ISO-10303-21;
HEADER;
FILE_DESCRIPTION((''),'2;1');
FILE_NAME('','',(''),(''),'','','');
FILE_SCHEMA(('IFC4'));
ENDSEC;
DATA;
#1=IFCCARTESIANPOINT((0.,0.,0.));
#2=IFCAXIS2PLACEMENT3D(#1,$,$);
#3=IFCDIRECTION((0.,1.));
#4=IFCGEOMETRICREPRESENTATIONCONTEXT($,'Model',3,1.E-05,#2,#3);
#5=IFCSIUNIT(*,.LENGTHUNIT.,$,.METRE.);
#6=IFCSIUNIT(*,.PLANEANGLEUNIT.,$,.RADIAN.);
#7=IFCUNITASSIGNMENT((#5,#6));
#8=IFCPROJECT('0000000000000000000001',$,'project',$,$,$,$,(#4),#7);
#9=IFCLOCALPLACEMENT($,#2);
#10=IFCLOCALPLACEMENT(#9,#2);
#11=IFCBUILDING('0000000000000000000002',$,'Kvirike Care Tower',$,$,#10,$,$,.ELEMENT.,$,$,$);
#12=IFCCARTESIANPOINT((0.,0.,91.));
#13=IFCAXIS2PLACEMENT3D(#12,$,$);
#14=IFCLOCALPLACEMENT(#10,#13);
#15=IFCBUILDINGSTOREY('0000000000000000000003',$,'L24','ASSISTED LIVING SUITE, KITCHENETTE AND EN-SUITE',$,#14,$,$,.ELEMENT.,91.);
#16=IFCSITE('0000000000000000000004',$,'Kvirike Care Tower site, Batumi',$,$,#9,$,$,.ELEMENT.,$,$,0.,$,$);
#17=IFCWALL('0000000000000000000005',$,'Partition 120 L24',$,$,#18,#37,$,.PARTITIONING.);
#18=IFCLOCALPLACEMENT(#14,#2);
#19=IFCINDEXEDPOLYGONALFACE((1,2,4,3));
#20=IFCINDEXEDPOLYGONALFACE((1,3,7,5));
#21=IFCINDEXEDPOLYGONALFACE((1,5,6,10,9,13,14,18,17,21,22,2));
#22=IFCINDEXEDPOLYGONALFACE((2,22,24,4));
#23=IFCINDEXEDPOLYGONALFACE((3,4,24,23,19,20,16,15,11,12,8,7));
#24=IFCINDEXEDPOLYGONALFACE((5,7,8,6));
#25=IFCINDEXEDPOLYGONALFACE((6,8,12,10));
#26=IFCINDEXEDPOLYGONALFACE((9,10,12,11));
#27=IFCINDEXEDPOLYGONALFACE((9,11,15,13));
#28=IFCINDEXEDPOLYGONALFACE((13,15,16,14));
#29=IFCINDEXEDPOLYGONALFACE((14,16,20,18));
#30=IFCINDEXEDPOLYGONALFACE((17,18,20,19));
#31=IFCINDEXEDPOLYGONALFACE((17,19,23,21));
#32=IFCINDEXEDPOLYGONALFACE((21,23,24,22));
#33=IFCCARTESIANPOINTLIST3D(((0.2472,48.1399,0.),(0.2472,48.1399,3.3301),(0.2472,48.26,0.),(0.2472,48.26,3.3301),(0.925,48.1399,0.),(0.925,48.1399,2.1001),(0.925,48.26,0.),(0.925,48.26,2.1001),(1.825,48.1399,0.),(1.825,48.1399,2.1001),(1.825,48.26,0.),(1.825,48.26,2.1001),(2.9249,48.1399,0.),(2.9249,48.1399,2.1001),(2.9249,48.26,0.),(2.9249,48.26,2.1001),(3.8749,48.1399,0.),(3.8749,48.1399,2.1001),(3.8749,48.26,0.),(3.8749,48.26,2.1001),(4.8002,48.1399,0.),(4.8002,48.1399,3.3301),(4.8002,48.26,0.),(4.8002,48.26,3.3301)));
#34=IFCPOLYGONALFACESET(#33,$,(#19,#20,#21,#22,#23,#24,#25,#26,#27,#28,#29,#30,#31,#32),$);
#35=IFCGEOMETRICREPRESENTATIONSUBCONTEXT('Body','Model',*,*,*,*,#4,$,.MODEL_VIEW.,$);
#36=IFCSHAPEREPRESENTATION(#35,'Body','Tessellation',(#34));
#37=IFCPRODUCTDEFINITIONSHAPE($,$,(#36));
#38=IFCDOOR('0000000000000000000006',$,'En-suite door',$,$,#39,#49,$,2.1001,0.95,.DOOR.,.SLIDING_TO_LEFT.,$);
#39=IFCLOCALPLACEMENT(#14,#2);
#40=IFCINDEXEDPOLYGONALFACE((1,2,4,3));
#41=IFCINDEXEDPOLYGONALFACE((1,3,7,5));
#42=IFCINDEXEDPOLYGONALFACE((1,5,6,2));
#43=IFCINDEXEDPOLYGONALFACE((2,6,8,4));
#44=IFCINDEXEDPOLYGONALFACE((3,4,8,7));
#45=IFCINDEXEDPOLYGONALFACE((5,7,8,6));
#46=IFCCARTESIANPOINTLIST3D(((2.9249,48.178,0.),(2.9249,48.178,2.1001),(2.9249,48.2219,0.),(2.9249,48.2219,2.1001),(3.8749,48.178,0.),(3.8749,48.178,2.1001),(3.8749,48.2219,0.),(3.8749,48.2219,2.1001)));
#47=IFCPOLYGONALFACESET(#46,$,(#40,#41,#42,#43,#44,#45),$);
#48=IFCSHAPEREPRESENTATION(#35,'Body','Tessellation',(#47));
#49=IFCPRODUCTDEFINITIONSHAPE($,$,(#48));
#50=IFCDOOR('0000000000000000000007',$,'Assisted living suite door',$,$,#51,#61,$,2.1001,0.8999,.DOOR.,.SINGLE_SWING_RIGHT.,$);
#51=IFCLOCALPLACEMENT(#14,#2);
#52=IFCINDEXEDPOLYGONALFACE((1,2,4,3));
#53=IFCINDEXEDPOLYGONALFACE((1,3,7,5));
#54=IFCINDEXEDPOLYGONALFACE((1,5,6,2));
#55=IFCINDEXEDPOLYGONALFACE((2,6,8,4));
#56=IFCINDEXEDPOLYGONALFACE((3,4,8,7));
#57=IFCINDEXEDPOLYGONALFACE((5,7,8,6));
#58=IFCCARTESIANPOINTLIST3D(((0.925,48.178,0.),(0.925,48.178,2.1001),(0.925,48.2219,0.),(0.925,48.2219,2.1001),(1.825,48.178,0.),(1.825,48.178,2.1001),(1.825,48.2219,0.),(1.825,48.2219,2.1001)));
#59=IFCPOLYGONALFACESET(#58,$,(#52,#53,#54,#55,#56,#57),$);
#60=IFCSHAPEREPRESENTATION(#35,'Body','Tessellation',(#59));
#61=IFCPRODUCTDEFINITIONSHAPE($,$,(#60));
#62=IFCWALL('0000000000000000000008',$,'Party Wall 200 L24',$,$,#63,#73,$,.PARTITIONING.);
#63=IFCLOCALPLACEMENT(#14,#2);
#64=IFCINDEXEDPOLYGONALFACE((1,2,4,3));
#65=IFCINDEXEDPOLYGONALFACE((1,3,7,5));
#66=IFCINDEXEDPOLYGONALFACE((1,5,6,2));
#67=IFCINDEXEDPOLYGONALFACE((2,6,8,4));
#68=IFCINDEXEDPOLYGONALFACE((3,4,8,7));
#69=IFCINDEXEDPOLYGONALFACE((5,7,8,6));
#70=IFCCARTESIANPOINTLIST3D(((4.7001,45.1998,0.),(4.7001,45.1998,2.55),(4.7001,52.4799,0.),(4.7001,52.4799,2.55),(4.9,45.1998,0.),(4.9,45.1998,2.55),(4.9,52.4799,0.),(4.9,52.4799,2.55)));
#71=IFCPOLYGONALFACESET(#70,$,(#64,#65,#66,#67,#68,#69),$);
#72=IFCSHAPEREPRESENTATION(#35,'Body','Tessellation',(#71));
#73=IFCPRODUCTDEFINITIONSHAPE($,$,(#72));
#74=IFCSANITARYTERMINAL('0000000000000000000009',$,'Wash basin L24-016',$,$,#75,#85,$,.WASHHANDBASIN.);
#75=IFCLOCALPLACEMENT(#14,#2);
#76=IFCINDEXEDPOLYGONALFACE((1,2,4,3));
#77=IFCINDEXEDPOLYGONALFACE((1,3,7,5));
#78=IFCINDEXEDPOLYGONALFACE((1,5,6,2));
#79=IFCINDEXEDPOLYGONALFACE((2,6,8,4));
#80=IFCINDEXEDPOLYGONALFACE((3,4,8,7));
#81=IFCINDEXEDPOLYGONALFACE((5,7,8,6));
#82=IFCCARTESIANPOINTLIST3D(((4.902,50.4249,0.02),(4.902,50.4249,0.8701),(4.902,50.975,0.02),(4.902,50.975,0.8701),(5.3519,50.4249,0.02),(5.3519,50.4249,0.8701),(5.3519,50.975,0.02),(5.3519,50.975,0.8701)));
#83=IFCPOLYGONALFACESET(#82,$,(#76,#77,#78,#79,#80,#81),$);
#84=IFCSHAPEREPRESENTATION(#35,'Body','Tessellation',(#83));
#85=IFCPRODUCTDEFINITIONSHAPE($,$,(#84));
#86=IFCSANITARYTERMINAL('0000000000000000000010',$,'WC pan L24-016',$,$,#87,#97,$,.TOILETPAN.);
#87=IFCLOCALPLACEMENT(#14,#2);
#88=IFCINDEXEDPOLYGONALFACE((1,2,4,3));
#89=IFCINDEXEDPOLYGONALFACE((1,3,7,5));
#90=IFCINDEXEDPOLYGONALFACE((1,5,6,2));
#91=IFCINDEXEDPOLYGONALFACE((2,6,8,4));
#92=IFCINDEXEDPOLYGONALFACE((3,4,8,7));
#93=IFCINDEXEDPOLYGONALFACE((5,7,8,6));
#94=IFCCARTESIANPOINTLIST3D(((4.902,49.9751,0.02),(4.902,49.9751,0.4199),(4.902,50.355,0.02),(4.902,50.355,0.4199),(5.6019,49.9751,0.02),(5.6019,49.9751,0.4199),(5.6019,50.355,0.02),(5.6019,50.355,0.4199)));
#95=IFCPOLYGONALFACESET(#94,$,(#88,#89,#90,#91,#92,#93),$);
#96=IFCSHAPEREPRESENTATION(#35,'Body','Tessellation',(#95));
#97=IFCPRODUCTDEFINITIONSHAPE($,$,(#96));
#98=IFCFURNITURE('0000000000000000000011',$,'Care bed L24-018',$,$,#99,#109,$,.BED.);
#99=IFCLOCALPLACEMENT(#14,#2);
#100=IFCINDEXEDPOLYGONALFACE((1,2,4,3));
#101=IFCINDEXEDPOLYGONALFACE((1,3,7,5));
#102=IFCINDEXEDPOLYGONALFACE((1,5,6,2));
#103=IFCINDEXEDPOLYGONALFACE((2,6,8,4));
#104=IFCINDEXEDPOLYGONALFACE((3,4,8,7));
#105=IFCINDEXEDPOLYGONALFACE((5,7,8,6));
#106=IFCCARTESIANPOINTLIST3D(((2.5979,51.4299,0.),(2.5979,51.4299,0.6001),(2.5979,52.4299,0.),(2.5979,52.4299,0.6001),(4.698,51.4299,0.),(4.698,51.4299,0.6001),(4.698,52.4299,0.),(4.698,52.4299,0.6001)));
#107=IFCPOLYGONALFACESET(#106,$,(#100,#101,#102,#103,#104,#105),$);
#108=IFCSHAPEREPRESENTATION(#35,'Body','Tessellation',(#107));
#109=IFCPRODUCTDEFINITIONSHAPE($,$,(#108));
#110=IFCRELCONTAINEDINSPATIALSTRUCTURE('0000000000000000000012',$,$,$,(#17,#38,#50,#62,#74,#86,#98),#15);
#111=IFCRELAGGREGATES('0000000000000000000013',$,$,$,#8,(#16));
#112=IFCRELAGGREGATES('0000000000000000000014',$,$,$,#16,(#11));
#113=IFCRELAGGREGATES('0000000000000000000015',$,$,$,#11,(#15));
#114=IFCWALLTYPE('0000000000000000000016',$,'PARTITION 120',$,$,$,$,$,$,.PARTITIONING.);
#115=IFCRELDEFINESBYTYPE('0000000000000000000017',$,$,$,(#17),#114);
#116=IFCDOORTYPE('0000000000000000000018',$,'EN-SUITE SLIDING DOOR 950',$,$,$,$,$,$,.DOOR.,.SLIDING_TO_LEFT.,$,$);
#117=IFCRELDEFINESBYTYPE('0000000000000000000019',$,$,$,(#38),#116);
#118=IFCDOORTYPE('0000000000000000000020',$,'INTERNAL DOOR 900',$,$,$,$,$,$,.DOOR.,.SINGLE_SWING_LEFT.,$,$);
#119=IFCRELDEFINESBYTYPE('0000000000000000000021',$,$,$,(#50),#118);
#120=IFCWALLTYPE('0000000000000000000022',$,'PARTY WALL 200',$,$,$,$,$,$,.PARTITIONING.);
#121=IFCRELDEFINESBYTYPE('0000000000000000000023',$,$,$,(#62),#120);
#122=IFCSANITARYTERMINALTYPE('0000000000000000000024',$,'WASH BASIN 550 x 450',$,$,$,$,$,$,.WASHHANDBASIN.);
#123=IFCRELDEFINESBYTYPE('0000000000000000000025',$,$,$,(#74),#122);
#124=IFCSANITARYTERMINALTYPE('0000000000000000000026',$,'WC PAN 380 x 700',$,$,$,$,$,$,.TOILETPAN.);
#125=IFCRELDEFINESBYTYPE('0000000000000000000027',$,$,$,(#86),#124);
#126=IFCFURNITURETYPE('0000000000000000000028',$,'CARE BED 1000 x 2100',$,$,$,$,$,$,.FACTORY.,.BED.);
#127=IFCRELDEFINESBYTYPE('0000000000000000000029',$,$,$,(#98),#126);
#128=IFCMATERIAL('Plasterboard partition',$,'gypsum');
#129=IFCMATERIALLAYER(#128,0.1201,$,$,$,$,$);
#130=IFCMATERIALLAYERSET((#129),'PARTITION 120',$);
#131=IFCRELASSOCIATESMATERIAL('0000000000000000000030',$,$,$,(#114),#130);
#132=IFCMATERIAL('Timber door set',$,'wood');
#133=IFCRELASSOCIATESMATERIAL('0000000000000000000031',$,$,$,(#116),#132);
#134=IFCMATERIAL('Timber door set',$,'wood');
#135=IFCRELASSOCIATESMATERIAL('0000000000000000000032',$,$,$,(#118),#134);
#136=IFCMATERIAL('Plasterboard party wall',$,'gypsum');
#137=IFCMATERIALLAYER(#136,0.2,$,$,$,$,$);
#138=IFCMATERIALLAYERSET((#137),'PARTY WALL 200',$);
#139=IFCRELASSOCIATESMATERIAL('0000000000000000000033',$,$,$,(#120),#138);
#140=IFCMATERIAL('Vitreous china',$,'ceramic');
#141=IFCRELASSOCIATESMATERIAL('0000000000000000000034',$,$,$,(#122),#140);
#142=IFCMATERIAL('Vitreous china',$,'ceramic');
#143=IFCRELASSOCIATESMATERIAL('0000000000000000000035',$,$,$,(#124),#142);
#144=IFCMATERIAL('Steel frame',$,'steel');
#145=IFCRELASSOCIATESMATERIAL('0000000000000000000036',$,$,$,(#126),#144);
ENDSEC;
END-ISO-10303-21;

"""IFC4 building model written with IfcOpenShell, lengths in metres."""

from ifc_helpers import new_model, si_unit, direction, frame, frame_2d, origin, origin_2d, place, context, subcontext, project, spatial, rectangle, extrude, material, layer, layer_set, type_object, element, fill, save


model = new_model("IFC4")

# Units and contexts
model_context = context("Model", 3, precision=1e-05, world=origin(), true_north=direction((0.0, 1.0)))
body_context = subcontext(model_context, "Body", "Model", "MODEL_VIEW")
ifc_project = project(units=[si_unit("LENGTHUNIT", "METRE"), si_unit("PLANEANGLEUNIT", "RADIAN")], contexts=[model_context])

# Site, building, storey
site_placement = place(None, origin())
site = spatial("IfcSite", under=ifc_project, at=site_placement, Name="Kvirike Care Tower site, Batumi", CompositionType="ELEMENT", RefElevation=0.0)
building_placement = place(site_placement, origin())
building = spatial("IfcBuilding", under=site, at=building_placement, Name="Kvirike Care Tower", CompositionType="ELEMENT")
storey_placement = place(building_placement, frame((0.0, 0.0, 91.0)))
storey = spatial("IfcBuildingStorey", under=building, at=storey_placement, Name="L24", Description="ASSISTED LIVING SUITE, KITCHENETTE AND EN-SUITE", CompositionType="ELEMENT", Elevation=91.0)

# Wall, openings, doors
ifc_material_1 = material(Name="Plasterboard partition", Category="gypsum")
ifc_layer_1 = layer(ifc_material_1, 0.1201)
ifc_layer_set_1 = layer_set([ifc_layer_1], Name="PARTITION 120")
wall_type_1 = type_object("IfcWallType", Name="PARTITION 120", PredefinedType="PARTITIONING", material=ifc_layer_set_1)
wall_1_placement = place(storey_placement, frame((4.8, 48.2, 0.0), z_axis=(0.0, 0.0, 1.0), x_axis=(-1.0, 0.0, 0.0)))
wall_1 = element("IfcWall", 1, at=wall_1_placement, inside=storey, type_object=wall_type_1, Name="Partition 120 L24", PredefinedType="PARTITIONING", context=body_context, shape_type="SweptSolid", body=[
    extrude(rectangle(XDim=4.553, YDim=0.1201, at=frame_2d((2.2764, 0.0))), origin(), (0.0, 0.0, 1.0), 3.3301),
])
opening_1_placement = place(wall_1_placement, frame((2.9751, 0.0, 0.0)))
opening_1 = element("IfcOpeningElement", 2, at=opening_1_placement, cuts=wall_1, PredefinedType="OPENING", context=body_context, shape_type="SweptSolid", body=[
    extrude(rectangle(XDim=0.8999, YDim=2.1001, at=frame_2d((0.45, 1.05))), frame((0.0, 0.0706, 0.0), z_axis=(0.0, -1.0, 0.0), x_axis=(1.0, 0.0, 0.0)), (0.0, 0.0, 1.0), 0.1411),
])
opening_2_placement = place(wall_1_placement, frame((0.925, 0.0, 0.0)))
opening_2 = element("IfcOpeningElement", 3, at=opening_2_placement, cuts=wall_1, PredefinedType="OPENING", context=body_context, shape_type="SweptSolid", body=[
    extrude(rectangle(XDim=0.95, YDim=2.1001, at=frame_2d((0.4751, 1.05))), frame((0.0, 0.0706, 0.0), z_axis=(0.0, -1.0, 0.0), x_axis=(1.0, 0.0, 0.0)), (0.0, 0.0, 1.0), 0.1411),
])
ifc_material_2 = material(Name="Timber door set", Category="wood")
door_type_1 = type_object("IfcDoorType", Name="EN-SUITE SLIDING DOOR 950", OperationType="SLIDING_TO_LEFT", PredefinedType="DOOR", material=ifc_material_2)
door_1_placement = place(opening_2_placement, origin())
door_1 = element("IfcDoor", 4, at=door_1_placement, inside=storey, type_object=door_type_1, Name="En-suite door", OperationType="SLIDING_TO_LEFT", OverallHeight=2.1001, OverallWidth=0.95, PredefinedType="DOOR", context=body_context, shape_type="SweptSolid", body=[
    extrude(rectangle(XDim=0.95, YDim=2.1001, at=frame_2d((0.4751, 1.05))), frame((0.0, 0.022, 0.0), z_axis=(0.0, -1.0, 0.0), x_axis=(1.0, 0.0, 0.0)), (0.0, 0.0, 1.0), 0.0439),
])
fill(opening_2, door_1)
ifc_material_3 = material(Name="Timber door set", Category="wood")
door_type_2 = type_object("IfcDoorType", Name="INTERNAL DOOR 900", OperationType="SINGLE_SWING_LEFT", PredefinedType="DOOR", material=ifc_material_3)
door_2_placement = place(opening_1_placement, origin())
door_2 = element("IfcDoor", 5, at=door_2_placement, inside=storey, type_object=door_type_2, Name="Assisted living suite door", OperationType="SINGLE_SWING_RIGHT", OverallHeight=2.1001, OverallWidth=0.8999, PredefinedType="DOOR", context=body_context, shape_type="SweptSolid", body=[
    extrude(rectangle(XDim=0.8999, YDim=2.1001, at=frame_2d((0.45, 1.05))), frame((0.0, 0.022, 0.0), z_axis=(0.0, -1.0, 0.0), x_axis=(1.0, 0.0, 0.0)), (0.0, 0.0, 1.0), 0.0439),
])
fill(opening_1, door_2)

# Wall
ifc_material_4 = material(Name="Plasterboard party wall", Category="gypsum")
ifc_layer_2 = layer(ifc_material_4, 0.2)
ifc_layer_set_2 = layer_set([ifc_layer_2], Name="PARTY WALL 200")
wall_type_2 = type_object("IfcWallType", Name="PARTY WALL 200", PredefinedType="PARTITIONING", material=ifc_layer_set_2)
wall_2_placement = place(storey_placement, frame((4.8, 52.48, 0.0), z_axis=(0.0, 0.0, 1.0), x_axis=(0.0, -1.0, 0.0)))
element("IfcWall", 6, at=wall_2_placement, inside=storey, type_object=wall_type_2, Name="Party Wall 200 L24", PredefinedType="PARTITIONING", context=body_context, shape_type="SweptSolid", body=[
    extrude(rectangle(XDim=7.28, YDim=0.2, at=frame_2d((3.6401, 0.0))), origin(), (0.0, 0.0, 1.0), 2.55),
])

# Sanitary terminals
ifc_material_5 = material(Name="Vitreous china", Category="ceramic")
sanitary_terminal_type_1 = type_object("IfcSanitaryTerminalType", Name="WASH BASIN 550 x 450", PredefinedType="WASHHANDBASIN", material=ifc_material_5)
sanitary_terminal_1_placement = place(storey_placement, frame((5.127, 50.7, 0.02), z_axis=(0.0, 0.0, 1.0), x_axis=(0.0, 1.0, 0.0)))
element("IfcSanitaryTerminal", 7, at=sanitary_terminal_1_placement, inside=storey, type_object=sanitary_terminal_type_1, Name="Wash basin L24-016", PredefinedType="WASHHANDBASIN", context=body_context, shape_type="SweptSolid", body=[
    extrude(rectangle(XDim=0.55, YDim=0.45, at=origin_2d()), origin(), (0.0, 0.0, 1.0), 0.8501),
])
ifc_material_6 = material(Name="Vitreous china", Category="ceramic")
sanitary_terminal_type_2 = type_object("IfcSanitaryTerminalType", Name="WC PAN 380 x 700", PredefinedType="TOILETPAN", material=ifc_material_6)
sanitary_terminal_2_placement = place(storey_placement, frame((5.252, 50.165, 0.02), z_axis=(0.0, 0.0, 1.0), x_axis=(0.0, 1.0, 0.0)))
element("IfcSanitaryTerminal", 8, at=sanitary_terminal_2_placement, inside=storey, type_object=sanitary_terminal_type_2, Name="WC pan L24-016", PredefinedType="TOILETPAN", context=body_context, shape_type="SweptSolid", body=[
    extrude(rectangle(XDim=0.3799, YDim=0.7, at=origin_2d()), origin(), (0.0, 0.0, 1.0), 0.3999),
])

# Furniture
ifc_material_7 = material(Name="Steel frame", Category="steel")
furniture_type = type_object("IfcFurnitureType", Name="CARE BED 1000 x 2100", AssemblyPlace="FACTORY", PredefinedType="BED", material=ifc_material_7)
furniture_placement = place(storey_placement, frame((3.6479, 51.9299, 0.0), z_axis=(0.0, 0.0, 1.0), x_axis=(0.0, -1.0, 0.0)))
element("IfcFurniture", 9, at=furniture_placement, inside=storey, type_object=furniture_type, Name="Care bed L24-018", PredefinedType="BED", context=body_context, shape_type="SweptSolid", body=[
    extrude(rectangle(XDim=1.0, YDim=2.1001, at=origin_2d()), origin(), (0.0, 0.0, 1.0), 0.6001),
])

save(model, "model.ifc")
